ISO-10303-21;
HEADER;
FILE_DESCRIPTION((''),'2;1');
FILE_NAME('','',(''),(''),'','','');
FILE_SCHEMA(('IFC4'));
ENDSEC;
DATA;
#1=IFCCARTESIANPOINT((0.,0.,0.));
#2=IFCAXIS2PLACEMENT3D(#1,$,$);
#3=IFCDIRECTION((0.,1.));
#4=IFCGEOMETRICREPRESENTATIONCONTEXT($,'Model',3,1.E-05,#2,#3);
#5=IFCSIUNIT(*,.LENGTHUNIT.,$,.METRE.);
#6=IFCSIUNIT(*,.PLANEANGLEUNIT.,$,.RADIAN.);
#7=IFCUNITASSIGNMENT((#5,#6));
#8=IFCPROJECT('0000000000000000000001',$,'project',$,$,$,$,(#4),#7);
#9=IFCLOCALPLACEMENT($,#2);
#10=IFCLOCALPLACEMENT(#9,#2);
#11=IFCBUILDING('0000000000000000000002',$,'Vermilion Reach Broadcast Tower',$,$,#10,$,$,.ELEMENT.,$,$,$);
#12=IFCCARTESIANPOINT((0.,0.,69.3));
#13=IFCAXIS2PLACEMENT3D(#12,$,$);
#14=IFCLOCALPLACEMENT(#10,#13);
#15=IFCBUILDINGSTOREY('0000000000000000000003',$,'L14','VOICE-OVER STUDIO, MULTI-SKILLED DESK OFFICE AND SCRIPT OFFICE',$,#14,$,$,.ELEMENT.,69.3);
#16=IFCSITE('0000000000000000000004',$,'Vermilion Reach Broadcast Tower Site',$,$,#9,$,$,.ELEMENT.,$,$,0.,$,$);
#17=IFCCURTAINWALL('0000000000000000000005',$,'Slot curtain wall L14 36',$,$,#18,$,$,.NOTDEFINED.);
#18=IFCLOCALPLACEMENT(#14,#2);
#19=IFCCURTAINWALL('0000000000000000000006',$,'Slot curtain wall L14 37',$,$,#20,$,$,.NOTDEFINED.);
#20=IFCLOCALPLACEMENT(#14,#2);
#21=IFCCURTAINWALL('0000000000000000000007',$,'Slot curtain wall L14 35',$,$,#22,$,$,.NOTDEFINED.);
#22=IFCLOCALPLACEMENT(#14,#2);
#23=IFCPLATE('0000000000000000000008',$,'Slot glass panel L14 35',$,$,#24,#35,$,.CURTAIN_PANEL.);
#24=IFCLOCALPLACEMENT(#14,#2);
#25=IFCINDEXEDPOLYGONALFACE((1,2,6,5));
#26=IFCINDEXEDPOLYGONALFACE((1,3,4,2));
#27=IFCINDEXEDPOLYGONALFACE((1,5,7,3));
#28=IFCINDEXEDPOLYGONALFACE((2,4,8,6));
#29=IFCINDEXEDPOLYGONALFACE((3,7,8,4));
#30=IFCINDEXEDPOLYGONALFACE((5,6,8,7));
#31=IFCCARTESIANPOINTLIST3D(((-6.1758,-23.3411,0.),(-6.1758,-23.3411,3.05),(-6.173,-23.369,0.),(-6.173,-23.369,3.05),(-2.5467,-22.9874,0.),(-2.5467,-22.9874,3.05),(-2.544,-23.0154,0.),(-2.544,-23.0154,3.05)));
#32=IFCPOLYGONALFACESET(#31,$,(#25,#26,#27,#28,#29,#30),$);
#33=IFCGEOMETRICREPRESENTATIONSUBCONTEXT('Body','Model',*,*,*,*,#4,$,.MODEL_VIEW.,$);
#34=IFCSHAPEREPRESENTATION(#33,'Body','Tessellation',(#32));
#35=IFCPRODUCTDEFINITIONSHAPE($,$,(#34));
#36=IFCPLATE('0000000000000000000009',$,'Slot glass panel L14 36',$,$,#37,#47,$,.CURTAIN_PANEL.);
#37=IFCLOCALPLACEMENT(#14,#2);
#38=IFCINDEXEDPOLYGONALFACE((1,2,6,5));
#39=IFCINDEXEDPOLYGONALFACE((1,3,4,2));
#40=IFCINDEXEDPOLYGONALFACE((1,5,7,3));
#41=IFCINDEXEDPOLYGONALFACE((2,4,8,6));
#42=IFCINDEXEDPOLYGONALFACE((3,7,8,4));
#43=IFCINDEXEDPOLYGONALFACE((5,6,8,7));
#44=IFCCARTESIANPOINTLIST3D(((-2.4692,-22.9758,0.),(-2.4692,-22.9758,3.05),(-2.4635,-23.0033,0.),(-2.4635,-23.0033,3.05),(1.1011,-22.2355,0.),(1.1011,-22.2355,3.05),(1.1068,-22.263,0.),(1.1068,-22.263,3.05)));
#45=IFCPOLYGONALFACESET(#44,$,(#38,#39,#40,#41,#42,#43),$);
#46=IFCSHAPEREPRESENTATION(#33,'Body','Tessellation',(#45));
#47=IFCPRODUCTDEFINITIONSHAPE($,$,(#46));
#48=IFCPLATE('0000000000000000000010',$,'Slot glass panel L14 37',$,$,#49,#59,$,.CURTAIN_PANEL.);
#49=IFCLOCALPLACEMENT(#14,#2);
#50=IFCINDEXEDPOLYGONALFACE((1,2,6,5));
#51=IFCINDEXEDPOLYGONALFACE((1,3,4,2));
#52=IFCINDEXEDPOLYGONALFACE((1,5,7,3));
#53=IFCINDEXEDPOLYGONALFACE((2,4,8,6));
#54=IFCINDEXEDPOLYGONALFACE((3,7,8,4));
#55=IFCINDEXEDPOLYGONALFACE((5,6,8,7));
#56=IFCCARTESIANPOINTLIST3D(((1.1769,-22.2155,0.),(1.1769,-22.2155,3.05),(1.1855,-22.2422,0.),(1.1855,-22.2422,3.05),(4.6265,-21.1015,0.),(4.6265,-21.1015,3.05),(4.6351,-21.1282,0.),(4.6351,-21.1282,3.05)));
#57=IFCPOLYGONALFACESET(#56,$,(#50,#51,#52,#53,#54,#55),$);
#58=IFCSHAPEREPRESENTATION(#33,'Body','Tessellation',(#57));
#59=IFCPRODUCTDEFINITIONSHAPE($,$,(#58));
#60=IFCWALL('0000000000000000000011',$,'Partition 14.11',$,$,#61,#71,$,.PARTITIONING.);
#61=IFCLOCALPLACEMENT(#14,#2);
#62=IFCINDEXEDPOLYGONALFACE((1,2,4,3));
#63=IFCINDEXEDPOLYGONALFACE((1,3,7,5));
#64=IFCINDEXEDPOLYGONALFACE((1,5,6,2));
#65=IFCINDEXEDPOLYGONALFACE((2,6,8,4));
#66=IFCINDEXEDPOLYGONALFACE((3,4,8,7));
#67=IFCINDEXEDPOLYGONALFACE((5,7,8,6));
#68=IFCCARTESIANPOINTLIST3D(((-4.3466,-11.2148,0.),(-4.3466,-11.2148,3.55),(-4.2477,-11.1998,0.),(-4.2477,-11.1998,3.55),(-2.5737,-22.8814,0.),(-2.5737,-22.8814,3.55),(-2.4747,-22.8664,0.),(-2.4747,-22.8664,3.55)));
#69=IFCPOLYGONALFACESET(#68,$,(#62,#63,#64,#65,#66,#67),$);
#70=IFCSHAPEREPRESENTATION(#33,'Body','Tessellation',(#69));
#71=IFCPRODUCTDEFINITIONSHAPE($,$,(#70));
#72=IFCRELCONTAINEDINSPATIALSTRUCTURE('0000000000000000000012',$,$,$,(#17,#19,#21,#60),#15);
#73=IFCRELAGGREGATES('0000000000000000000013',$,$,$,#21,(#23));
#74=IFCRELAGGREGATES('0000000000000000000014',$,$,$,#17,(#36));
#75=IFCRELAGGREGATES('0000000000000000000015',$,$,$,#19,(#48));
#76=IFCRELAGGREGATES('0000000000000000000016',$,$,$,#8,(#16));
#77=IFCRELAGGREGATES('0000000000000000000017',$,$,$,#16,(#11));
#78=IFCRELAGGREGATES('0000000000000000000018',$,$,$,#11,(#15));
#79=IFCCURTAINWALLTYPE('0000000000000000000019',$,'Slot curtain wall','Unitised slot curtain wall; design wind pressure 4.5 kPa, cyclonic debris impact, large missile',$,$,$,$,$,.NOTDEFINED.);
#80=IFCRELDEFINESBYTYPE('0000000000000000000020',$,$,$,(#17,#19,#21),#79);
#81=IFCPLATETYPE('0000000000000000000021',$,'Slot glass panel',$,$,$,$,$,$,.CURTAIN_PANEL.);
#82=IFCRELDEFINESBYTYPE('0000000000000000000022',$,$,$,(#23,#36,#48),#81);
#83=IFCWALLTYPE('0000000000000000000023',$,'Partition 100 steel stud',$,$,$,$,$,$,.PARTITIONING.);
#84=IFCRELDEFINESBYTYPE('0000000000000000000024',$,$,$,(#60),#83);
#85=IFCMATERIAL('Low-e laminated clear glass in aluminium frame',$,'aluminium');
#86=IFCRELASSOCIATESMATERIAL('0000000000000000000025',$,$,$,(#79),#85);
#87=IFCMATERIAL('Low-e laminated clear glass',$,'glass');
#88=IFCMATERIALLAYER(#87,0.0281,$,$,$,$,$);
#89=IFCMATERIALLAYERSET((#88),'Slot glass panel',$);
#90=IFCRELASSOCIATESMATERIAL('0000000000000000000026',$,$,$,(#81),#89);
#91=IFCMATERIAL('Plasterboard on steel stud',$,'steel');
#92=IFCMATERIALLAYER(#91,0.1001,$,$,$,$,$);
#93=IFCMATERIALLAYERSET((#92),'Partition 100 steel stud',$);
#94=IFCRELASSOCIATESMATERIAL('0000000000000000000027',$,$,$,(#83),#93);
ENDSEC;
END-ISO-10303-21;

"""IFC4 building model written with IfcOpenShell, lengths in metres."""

from ifc_helpers import new_model, si_unit, direction, frame, frame_2d, origin, origin_2d, place, context, subcontext, project, spatial, rectangle, extrude, material, layer, layer_set, type_object, element, aggregate, save


model = new_model("IFC4")

# Units and contexts
model_context = context("Model", 3, precision=1e-05, world=origin(), true_north=direction((0.0, 1.0)))
body_context = subcontext(model_context, "Body", "Model", "MODEL_VIEW")
ifc_project = project(units=[si_unit("LENGTHUNIT", "METRE"), si_unit("PLANEANGLEUNIT", "RADIAN")], contexts=[model_context])

# Site, building, storey
site_placement = place(None, origin())
site = spatial("IfcSite", under=ifc_project, at=site_placement, Name="Vermilion Reach Broadcast Tower Site", CompositionType="ELEMENT", RefElevation=0.0)
building_placement = place(site_placement, origin())
building = spatial("IfcBuilding", under=site, at=building_placement, Name="Vermilion Reach Broadcast Tower", CompositionType="ELEMENT")
storey_placement = place(building_placement, frame((0.0, 0.0, 69.3)))
storey = spatial("IfcBuildingStorey", under=building, at=storey_placement, Name="L14", Description="VOICE-OVER STUDIO, MULTI-SKILLED DESK OFFICE AND SCRIPT OFFICE", CompositionType="ELEMENT", Elevation=69.3)

# Curtain wall
ifc_material_1 = material(Name="Low-e laminated clear glass in aluminium frame", Category="aluminium")
curtain_wall_type = type_object("IfcCurtainWallType", Name="Slot curtain wall", Description="Unitised slot curtain wall; design wind pressure 4.5 kPa, cyclonic debris impact, large missile", PredefinedType="NOTDEFINED", material=ifc_material_1)
placement = place(storey_placement, origin())
curtain_wall_1 = element("IfcCurtainWall", 1, at=placement, inside=storey, type_object=curtain_wall_type, Name="Slot curtain wall L14 36", PredefinedType="NOTDEFINED")

# Curtain wall
curtain_wall_2 = element("IfcCurtainWall", 2, at=placement, inside=storey, type_object=curtain_wall_type, Name="Slot curtain wall L14 37", PredefinedType="NOTDEFINED")

# Curtain wall, plate
curtain_wall_3 = element("IfcCurtainWall", 3, at=placement, inside=storey, type_object=curtain_wall_type, Name="Slot curtain wall L14 35", PredefinedType="NOTDEFINED")
ifc_material_2 = material(Name="Low-e laminated clear glass", Category="glass")
ifc_layer_1 = layer(ifc_material_2, 0.0281)
ifc_layer_set_1 = layer_set([ifc_layer_1], Name="Slot glass panel")
plate_type = type_object("IfcPlateType", Name="Slot glass panel", PredefinedType="CURTAIN_PANEL", material=ifc_layer_set_1)
plate_1_placement = place(storey_placement, frame((-4.3599, -23.1782, 0.0), z_axis=(0.0, 0.0, 1.0), x_axis=(0.995286, 0.096987, 0.0)))
plate_1 = element("IfcPlate", 4, at=plate_1_placement, type_object=plate_type, Name="Slot glass panel L14 35", PredefinedType="CURTAIN_PANEL", context=body_context, shape_type="SweptSolid", body=[
    extrude(rectangle(XDim=3.6462, YDim=0.0281, at=origin_2d()), origin(), (0.0, 0.0, 1.0), 3.05),
])
aggregate(curtain_wall_3, [plate_1])

# Plates
plate_2_placement = place(storey_placement, frame((-0.6812, -22.6194, 0.0), z_axis=(0.0, 0.0, 1.0), x_axis=(0.979172, 0.203032, 0.0)))
plate_2 = element("IfcPlate", 5, at=plate_2_placement, type_object=plate_type, Name="Slot glass panel L14 36", PredefinedType="CURTAIN_PANEL", context=body_context, shape_type="SweptSolid", body=[
    extrude(rectangle(XDim=3.6462, YDim=0.0281, at=origin_2d()), origin(), (0.0, 0.0, 1.0), 3.05),
])
aggregate(curtain_wall_1, [plate_2])
plate_3_placement = place(storey_placement, frame((2.906, -21.6719, 0.0), z_axis=(0.0, 0.0, 1.0), x_axis=(0.951608, 0.307316, 0.0)))
plate_3 = element("IfcPlate", 6, at=plate_3_placement, type_object=plate_type, Name="Slot glass panel L14 37", PredefinedType="CURTAIN_PANEL", context=body_context, shape_type="SweptSolid", body=[
    extrude(rectangle(XDim=3.625, YDim=0.0281, at=origin_2d()), origin(), (0.0, 0.0, 1.0), 3.05),
])
aggregate(curtain_wall_2, [plate_3])

# Wall
ifc_material_3 = material(Name="Plasterboard on steel stud", Category="steel")
ifc_layer_2 = layer(ifc_material_3, 0.1001)
ifc_layer_set_2 = layer_set([ifc_layer_2], Name="Partition 100 steel stud")
wall_type = type_object("IfcWallType", Name="Partition 100 steel stud", PredefinedType="PARTITIONING", material=ifc_layer_set_2)
wall_placement = place(storey_placement, frame((-2.5242, -22.874, 0.0), z_axis=(0.0, 0.0, 1.0), x_axis=(-0.150244, 0.988649, 0.0)))
element("IfcWall", 7, at=wall_placement, inside=storey, type_object=wall_type, Name="Partition 14.11", PredefinedType="PARTITIONING", context=body_context, shape_type="SweptSolid", body=[
    extrude(rectangle(XDim=11.8005, YDim=0.1001, at=frame_2d((5.9004, 0.0))), origin(), (0.0, 0.0, 1.0), 3.55),
])

save(model, "model.ifc")
